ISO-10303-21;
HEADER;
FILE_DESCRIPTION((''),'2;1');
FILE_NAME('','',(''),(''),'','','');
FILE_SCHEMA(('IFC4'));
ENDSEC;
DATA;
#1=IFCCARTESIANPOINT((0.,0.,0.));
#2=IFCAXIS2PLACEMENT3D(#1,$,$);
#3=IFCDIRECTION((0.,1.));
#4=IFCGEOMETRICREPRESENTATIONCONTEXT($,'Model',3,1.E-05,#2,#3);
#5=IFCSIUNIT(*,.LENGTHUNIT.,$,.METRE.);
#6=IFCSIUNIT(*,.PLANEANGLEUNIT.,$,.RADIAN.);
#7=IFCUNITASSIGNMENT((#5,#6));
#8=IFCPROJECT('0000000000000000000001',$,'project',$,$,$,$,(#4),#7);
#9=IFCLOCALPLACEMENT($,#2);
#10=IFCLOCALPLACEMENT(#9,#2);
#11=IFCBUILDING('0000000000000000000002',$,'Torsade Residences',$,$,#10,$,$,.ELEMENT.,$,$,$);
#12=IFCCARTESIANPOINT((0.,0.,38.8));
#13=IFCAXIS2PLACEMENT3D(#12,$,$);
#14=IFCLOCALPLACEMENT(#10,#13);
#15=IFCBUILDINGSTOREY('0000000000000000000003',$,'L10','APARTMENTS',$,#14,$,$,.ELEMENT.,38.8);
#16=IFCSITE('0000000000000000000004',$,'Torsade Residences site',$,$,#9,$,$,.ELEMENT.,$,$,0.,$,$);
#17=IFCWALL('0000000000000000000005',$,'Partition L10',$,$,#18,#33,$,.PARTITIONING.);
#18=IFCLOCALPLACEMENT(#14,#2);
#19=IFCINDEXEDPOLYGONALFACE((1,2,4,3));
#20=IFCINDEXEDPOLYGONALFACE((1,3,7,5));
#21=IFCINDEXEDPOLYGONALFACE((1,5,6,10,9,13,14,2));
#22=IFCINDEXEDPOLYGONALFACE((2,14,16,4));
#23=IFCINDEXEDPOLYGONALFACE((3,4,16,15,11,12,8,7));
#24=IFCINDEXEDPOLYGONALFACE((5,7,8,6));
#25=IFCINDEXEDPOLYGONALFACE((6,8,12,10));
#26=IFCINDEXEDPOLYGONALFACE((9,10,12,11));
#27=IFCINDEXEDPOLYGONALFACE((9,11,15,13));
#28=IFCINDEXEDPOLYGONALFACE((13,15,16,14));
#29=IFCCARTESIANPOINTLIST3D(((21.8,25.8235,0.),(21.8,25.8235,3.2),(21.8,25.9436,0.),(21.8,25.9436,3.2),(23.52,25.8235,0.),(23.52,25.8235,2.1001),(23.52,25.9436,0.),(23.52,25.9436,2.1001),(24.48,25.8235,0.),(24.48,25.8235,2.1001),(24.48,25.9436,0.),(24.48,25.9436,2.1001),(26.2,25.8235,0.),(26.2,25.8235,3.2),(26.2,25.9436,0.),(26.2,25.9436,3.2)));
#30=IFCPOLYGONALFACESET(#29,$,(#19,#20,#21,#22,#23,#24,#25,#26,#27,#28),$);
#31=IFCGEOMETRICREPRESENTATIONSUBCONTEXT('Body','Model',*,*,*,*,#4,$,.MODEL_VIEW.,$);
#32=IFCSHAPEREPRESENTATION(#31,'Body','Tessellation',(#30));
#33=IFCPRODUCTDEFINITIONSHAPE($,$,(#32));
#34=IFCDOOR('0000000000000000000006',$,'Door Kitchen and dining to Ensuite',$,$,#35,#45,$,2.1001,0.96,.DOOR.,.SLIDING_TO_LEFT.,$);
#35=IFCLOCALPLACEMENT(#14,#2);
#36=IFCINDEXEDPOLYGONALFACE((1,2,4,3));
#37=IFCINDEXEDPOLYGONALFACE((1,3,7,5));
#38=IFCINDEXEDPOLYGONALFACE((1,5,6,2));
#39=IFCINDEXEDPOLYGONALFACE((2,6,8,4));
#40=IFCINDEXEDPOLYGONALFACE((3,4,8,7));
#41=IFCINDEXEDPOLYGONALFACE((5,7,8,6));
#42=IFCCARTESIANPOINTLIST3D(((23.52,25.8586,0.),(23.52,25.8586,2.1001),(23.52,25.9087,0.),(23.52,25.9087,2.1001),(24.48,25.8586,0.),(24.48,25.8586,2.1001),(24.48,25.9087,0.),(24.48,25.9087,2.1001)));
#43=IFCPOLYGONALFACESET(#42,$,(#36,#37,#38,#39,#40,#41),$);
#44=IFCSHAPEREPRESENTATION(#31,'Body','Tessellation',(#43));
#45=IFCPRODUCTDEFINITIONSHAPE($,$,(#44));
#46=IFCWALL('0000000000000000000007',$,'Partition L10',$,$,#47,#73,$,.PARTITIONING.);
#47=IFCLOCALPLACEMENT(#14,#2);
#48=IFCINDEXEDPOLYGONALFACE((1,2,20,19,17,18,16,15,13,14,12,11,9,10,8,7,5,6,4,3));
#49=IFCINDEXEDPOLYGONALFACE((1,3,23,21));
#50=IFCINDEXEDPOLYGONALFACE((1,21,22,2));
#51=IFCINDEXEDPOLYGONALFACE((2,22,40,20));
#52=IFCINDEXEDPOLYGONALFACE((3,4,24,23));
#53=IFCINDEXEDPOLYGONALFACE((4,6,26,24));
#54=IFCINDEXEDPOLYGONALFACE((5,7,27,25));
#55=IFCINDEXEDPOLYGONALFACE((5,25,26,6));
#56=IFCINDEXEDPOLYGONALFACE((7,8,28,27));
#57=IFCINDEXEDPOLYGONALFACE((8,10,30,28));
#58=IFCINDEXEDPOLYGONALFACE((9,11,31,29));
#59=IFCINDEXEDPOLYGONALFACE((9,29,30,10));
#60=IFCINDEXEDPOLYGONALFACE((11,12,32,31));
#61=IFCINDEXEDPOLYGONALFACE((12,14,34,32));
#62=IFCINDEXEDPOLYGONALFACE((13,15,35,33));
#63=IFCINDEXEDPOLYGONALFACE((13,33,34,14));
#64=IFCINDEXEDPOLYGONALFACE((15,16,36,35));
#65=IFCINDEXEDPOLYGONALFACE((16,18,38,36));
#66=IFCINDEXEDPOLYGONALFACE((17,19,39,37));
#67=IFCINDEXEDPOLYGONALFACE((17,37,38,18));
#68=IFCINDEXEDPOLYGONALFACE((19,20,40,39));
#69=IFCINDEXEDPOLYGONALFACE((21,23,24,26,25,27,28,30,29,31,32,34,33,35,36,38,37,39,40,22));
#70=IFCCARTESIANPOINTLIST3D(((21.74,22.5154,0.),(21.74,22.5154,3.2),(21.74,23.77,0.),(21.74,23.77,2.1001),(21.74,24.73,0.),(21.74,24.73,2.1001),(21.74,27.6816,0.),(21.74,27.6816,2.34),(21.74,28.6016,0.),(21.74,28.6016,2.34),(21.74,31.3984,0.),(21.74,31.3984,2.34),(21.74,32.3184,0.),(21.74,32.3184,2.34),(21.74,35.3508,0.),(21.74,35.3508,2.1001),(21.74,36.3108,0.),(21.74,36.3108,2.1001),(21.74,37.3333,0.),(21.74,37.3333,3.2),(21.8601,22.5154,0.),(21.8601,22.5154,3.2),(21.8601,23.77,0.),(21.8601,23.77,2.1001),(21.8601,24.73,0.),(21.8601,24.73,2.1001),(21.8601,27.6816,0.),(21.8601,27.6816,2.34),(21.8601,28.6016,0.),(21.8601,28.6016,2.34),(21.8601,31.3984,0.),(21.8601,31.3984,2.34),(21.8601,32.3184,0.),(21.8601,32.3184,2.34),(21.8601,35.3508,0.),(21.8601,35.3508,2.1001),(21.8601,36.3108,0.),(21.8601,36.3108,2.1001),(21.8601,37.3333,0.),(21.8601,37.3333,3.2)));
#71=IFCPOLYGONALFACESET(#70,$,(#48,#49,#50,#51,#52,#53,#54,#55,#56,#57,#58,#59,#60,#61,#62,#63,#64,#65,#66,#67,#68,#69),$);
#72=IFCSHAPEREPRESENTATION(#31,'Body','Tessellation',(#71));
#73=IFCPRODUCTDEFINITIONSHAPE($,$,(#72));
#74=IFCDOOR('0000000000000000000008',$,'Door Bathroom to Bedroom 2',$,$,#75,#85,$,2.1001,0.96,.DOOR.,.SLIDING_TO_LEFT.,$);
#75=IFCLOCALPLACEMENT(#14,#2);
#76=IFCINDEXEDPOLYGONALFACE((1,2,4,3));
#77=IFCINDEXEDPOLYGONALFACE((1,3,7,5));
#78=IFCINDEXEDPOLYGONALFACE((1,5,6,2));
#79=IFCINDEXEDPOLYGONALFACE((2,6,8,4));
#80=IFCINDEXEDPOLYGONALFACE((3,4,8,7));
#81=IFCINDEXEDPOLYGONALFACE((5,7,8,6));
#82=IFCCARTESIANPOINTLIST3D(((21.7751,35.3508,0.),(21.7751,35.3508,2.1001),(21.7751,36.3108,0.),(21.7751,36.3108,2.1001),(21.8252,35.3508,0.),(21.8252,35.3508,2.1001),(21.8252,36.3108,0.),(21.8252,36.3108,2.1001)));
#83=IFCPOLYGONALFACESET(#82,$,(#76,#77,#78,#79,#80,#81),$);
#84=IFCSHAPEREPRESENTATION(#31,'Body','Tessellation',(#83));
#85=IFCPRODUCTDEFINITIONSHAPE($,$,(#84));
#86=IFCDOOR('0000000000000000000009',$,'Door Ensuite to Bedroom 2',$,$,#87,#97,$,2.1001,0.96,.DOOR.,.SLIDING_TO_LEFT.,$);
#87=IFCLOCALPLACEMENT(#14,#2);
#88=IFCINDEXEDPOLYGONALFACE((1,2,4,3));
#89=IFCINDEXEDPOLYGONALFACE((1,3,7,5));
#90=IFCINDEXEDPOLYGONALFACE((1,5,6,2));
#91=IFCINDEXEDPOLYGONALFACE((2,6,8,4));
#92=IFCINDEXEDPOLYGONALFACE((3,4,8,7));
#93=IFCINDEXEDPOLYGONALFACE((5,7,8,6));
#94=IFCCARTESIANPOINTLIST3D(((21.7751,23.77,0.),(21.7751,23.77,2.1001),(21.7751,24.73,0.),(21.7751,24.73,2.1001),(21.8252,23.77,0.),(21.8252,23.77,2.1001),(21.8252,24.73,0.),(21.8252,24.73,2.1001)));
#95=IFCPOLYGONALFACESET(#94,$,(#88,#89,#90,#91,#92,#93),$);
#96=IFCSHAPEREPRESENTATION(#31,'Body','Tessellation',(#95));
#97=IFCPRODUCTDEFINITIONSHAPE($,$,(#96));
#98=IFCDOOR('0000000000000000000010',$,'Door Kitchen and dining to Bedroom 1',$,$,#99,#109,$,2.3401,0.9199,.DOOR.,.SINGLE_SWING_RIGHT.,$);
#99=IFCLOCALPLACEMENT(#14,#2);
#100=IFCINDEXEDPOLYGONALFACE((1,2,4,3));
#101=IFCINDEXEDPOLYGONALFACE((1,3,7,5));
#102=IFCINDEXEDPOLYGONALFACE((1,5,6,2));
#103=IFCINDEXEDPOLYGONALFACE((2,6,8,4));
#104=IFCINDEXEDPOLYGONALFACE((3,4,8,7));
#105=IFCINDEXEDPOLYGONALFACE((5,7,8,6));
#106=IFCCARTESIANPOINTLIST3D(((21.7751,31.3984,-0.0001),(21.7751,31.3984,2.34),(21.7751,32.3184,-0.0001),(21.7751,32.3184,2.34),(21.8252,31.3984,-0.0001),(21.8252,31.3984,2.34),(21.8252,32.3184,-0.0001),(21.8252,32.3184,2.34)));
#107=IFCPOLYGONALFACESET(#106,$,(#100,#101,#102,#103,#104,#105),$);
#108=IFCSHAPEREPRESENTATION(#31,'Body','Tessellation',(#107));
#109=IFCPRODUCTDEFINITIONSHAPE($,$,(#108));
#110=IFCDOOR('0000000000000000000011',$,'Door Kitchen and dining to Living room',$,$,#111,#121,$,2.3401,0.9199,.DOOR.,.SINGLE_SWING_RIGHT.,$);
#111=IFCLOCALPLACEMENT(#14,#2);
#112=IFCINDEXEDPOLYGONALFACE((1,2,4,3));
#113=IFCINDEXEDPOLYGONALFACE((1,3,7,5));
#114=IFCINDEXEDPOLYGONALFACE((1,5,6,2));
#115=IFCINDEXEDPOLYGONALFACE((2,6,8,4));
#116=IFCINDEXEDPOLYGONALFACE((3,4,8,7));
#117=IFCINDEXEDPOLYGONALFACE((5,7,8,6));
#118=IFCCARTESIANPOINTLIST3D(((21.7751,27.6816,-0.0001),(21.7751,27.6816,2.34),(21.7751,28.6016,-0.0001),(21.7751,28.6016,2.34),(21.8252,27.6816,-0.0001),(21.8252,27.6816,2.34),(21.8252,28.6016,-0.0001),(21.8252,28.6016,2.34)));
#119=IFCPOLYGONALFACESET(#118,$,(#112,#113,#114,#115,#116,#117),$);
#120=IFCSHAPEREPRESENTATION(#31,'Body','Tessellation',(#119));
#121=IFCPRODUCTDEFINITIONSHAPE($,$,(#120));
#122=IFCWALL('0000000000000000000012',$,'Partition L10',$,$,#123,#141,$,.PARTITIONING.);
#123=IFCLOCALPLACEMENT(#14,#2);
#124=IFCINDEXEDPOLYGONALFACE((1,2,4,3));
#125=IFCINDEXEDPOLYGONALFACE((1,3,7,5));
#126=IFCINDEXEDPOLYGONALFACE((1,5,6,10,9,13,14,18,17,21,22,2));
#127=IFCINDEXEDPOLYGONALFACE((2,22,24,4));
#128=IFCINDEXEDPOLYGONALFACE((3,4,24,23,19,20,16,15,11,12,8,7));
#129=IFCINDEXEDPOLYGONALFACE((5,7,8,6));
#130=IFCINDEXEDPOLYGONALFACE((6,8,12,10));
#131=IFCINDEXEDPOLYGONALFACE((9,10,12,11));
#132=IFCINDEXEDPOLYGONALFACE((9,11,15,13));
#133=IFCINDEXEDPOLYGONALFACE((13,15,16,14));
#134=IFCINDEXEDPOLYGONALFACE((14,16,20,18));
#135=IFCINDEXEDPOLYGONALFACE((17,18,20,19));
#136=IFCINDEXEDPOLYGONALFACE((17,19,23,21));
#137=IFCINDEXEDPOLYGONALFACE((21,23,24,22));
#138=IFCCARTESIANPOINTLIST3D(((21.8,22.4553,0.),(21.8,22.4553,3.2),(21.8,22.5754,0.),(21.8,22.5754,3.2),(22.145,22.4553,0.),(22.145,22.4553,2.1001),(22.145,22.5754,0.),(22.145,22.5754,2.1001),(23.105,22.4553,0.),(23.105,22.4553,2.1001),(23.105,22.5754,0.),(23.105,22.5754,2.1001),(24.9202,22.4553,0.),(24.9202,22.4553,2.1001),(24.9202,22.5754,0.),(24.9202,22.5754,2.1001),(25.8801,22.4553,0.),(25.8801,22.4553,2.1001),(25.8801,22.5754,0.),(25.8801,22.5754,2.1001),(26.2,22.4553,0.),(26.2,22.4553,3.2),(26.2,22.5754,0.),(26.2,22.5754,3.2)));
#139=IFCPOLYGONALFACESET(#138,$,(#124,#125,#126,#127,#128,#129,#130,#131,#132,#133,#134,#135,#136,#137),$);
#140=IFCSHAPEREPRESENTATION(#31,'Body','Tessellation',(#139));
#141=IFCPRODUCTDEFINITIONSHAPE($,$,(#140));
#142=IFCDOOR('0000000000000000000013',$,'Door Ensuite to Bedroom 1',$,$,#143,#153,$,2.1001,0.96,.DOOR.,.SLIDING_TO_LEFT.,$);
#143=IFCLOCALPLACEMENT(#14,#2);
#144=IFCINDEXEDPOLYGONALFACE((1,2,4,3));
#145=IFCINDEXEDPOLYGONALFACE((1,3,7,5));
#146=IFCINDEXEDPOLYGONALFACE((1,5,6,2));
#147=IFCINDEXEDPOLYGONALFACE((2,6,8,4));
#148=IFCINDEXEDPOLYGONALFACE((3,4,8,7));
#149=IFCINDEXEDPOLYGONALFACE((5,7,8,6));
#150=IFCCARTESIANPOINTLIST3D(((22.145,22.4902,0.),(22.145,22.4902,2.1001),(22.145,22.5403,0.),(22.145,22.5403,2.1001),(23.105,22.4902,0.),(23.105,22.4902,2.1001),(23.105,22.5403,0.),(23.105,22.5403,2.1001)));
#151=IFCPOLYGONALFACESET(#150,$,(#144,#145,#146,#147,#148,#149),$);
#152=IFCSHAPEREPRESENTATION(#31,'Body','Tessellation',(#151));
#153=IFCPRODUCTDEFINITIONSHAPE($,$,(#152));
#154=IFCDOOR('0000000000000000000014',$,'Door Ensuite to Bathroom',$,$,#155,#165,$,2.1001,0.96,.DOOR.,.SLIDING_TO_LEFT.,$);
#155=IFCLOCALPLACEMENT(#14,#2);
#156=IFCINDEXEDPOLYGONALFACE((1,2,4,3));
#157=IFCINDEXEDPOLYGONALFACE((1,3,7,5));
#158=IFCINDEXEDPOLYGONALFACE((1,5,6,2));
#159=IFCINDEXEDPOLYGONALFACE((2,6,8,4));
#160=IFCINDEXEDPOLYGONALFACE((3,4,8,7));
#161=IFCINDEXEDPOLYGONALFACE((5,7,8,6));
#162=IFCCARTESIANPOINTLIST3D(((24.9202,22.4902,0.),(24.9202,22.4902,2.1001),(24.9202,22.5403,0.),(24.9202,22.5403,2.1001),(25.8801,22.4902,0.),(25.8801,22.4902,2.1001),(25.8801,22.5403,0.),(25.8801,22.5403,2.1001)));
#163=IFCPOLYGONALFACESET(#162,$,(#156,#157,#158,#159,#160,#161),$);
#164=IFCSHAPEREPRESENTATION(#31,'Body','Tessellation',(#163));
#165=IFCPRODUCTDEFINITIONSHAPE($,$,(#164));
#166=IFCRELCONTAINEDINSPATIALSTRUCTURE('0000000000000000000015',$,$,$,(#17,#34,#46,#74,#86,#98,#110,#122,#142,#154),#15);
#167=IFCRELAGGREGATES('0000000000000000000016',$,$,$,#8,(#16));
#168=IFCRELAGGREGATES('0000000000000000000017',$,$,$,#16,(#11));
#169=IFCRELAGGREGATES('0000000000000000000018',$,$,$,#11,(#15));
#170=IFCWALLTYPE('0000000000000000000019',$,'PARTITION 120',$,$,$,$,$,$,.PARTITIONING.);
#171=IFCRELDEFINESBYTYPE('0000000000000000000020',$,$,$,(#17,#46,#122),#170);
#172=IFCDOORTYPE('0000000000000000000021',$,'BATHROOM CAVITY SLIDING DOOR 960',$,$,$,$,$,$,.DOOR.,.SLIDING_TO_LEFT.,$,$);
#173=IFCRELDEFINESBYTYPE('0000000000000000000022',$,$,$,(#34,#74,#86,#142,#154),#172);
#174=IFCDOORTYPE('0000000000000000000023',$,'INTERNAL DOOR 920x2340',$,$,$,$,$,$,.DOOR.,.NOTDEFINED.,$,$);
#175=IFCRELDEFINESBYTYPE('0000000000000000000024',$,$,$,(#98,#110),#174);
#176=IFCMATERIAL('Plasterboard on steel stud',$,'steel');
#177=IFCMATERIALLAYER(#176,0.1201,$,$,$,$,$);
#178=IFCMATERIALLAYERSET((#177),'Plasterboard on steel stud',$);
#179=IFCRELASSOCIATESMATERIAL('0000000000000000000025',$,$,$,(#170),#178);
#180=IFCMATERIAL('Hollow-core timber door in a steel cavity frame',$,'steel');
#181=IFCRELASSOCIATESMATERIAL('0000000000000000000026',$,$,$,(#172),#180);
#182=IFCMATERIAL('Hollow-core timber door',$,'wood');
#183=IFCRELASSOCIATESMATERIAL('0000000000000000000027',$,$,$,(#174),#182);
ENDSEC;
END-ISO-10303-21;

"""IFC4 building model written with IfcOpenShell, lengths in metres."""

from ifc_helpers import new_model, si_unit, direction, frame, frame_2d, origin, place, context, subcontext, project, spatial, rectangle, extrude, material, layer, layer_set, type_object, element, fill, save


model = new_model("IFC4")

# Units and contexts
model_context = context("Model", 3, precision=1e-05, world=origin(), true_north=direction((0.0, 1.0)))
body_context = subcontext(model_context, "Body", "Model", "MODEL_VIEW")
ifc_project = project(units=[si_unit("LENGTHUNIT", "METRE"), si_unit("PLANEANGLEUNIT", "RADIAN")], contexts=[model_context])

# Site, building, storey
site_placement = place(None, origin())
site = spatial("IfcSite", under=ifc_project, at=site_placement, Name="Torsade Residences site", CompositionType="ELEMENT", RefElevation=0.0)
building_placement = place(site_placement, origin())
building = spatial("IfcBuilding", under=site, at=building_placement, Name="Torsade Residences", CompositionType="ELEMENT")
storey_placement = place(building_placement, frame((0.0, 0.0, 38.8)))
storey = spatial("IfcBuildingStorey", under=building, at=storey_placement, Name="L10", Description="APARTMENTS", CompositionType="ELEMENT", Elevation=38.8)

# Wall, opening, door
ifc_material_1 = material(Name="Plasterboard on steel stud", Category="steel")
ifc_layer_1 = layer(ifc_material_1, 0.1201)
ifc_layer_set_1 = layer_set([ifc_layer_1], Name="Plasterboard on steel stud")
wall_type_1 = type_object("IfcWallType", Name="PARTITION 120", PredefinedType="PARTITIONING", material=ifc_layer_set_1)
wall_1_placement = place(storey_placement, frame((26.2, 25.8835, 0.0), z_axis=(0.0, 0.0, 1.0), x_axis=(-1.0, 0.0, 0.0)))
wall_1 = element("IfcWall", 1, at=wall_1_placement, inside=storey, type_object=wall_type_1, Name="Partition L10", PredefinedType="PARTITIONING", context=body_context, shape_type="SweptSolid", body=[
    extrude(rectangle(XDim=4.3999, YDim=0.1201, at=frame_2d((2.2, 0.0))), origin(), (0.0, 0.0, 1.0), 3.2),
])
opening_1_placement = place(wall_1_placement, frame((1.72, 0.0, 0.0)))
opening_1 = element("IfcOpeningElement", 2, at=opening_1_placement, cuts=wall_1, PredefinedType="OPENING", context=body_context, shape_type="SweptSolid", body=[
    extrude(rectangle(XDim=0.96, YDim=2.1001, at=frame_2d((0.48, 1.05))), frame((0.0, 0.0701, 0.0), z_axis=(0.0, -1.0, 0.0), x_axis=(1.0, 0.0, 0.0)), (0.0, 0.0, 1.0), 0.1401),
])
ifc_material_2 = material(Name="Hollow-core timber door in a steel cavity frame", Category="steel")
door_type_1 = type_object("IfcDoorType", Name="BATHROOM CAVITY SLIDING DOOR 960", OperationType="SLIDING_TO_LEFT", PredefinedType="DOOR", material=ifc_material_2)
door_1_placement = place(opening_1_placement, origin())
door_1 = element("IfcDoor", 3, at=door_1_placement, inside=storey, type_object=door_type_1, Name="Door Kitchen and dining to Ensuite", OperationType="SLIDING_TO_LEFT", OverallHeight=2.1001, OverallWidth=0.96, PredefinedType="DOOR", context=body_context, shape_type="SweptSolid", body=[
    extrude(rectangle(XDim=0.96, YDim=2.1001, at=frame_2d((0.48, 1.05))), frame((0.0, 0.0249, 0.0), z_axis=(0.0, -1.0, 0.0), x_axis=(1.0, 0.0, 0.0)), (0.0, 0.0, 1.0), 0.05),
])
fill(opening_1, door_1)

# Walls, openings, doors
wall_2_placement = place(storey_placement, frame((21.8, 22.5154, 0.0), z_axis=(0.0, 0.0, 1.0), x_axis=(0.0, 1.0, 0.0)))
wall_2 = element("IfcWall", 4, at=wall_2_placement, inside=storey, type_object=wall_type_1, Name="Partition L10", PredefinedType="PARTITIONING", context=body_context, shape_type="SweptSolid", body=[
    extrude(rectangle(XDim=14.8179, YDim=0.1201, at=frame_2d((7.4089, 0.0))), origin(), (0.0, 0.0, 1.0), 3.2),
])
opening_2_placement = place(wall_2_placement, frame((8.8831, 0.0, 0.0)))
opening_2 = element("IfcOpeningElement", 5, at=opening_2_placement, cuts=wall_2, PredefinedType="OPENING", context=body_context, shape_type="SweptSolid", body=[
    extrude(rectangle(XDim=0.9199, YDim=2.3401, at=frame_2d((0.46, 1.1699))), frame((0.0, 0.0701, 0.0), z_axis=(0.0, -1.0, 0.0), x_axis=(1.0, 0.0, 0.0)), (0.0, 0.0, 1.0), 0.1401),
])
opening_3_placement = place(wall_2_placement, frame((5.1663, 0.0, 0.0)))
opening_3 = element("IfcOpeningElement", 6, at=opening_3_placement, cuts=wall_2, PredefinedType="OPENING", context=body_context, shape_type="SweptSolid", body=[
    extrude(rectangle(XDim=0.9199, YDim=2.3401, at=frame_2d((0.46, 1.1699))), frame((0.0, 0.0701, 0.0), z_axis=(0.0, -1.0, 0.0), x_axis=(1.0, 0.0, 0.0)), (0.0, 0.0, 1.0), 0.1401),
])
opening_4_placement = place(wall_2_placement, frame((12.8354, 0.0, 0.0)))
opening_4 = element("IfcOpeningElement", 7, at=opening_4_placement, cuts=wall_2, PredefinedType="OPENING", context=body_context, shape_type="SweptSolid", body=[
    extrude(rectangle(XDim=0.96, YDim=2.1001, at=frame_2d((0.48, 1.05))), frame((0.0, 0.0701, 0.0), z_axis=(0.0, -1.0, 0.0), x_axis=(1.0, 0.0, 0.0)), (0.0, 0.0, 1.0), 0.1401),
])
opening_5_placement = place(wall_2_placement, frame((1.2546, 0.0, 0.0)))
opening_5 = element("IfcOpeningElement", 8, at=opening_5_placement, cuts=wall_2, PredefinedType="OPENING", context=body_context, shape_type="SweptSolid", body=[
    extrude(rectangle(XDim=0.96, YDim=2.1001, at=frame_2d((0.48, 1.05))), frame((0.0, 0.0701, 0.0), z_axis=(0.0, -1.0, 0.0), x_axis=(1.0, 0.0, 0.0)), (0.0, 0.0, 1.0), 0.1401),
])
door_2_placement = place(opening_4_placement, origin())
door_2 = element("IfcDoor", 9, at=door_2_placement, inside=storey, type_object=door_type_1, Name="Door Bathroom to Bedroom 2", OperationType="SLIDING_TO_LEFT", OverallHeight=2.1001, OverallWidth=0.96, PredefinedType="DOOR", context=body_context, shape_type="SweptSolid", body=[
    extrude(rectangle(XDim=0.96, YDim=2.1001, at=frame_2d((0.48, 1.05))), frame((0.0, 0.0249, 0.0), z_axis=(0.0, -1.0, 0.0), x_axis=(1.0, 0.0, 0.0)), (0.0, 0.0, 1.0), 0.05),
])
fill(opening_4, door_2)
door_3_placement = place(opening_5_placement, origin())
door_3 = element("IfcDoor", 10, at=door_3_placement, inside=storey, type_object=door_type_1, Name="Door Ensuite to Bedroom 2", OperationType="SLIDING_TO_LEFT", OverallHeight=2.1001, OverallWidth=0.96, PredefinedType="DOOR", context=body_context, shape_type="SweptSolid", body=[
    extrude(rectangle(XDim=0.96, YDim=2.1001, at=frame_2d((0.48, 1.05))), frame((0.0, 0.0249, 0.0), z_axis=(0.0, -1.0, 0.0), x_axis=(1.0, 0.0, 0.0)), (0.0, 0.0, 1.0), 0.05),
])
fill(opening_5, door_3)
ifc_material_3 = material(Name="Hollow-core timber door", Category="wood")
door_type_2 = type_object("IfcDoorType", Name="INTERNAL DOOR 920x2340", OperationType="NOTDEFINED", PredefinedType="DOOR", material=ifc_material_3)
door_4_placement = place(opening_2_placement, origin())
door_4 = element("IfcDoor", 11, at=door_4_placement, inside=storey, type_object=door_type_2, Name="Door Kitchen and dining to Bedroom 1", OperationType="SINGLE_SWING_RIGHT", OverallHeight=2.3401, OverallWidth=0.9199, PredefinedType="DOOR", context=body_context, shape_type="SweptSolid", body=[
    extrude(rectangle(XDim=0.9199, YDim=2.3401, at=frame_2d((0.46, 1.1699))), frame((0.0, 0.0249, 0.0), z_axis=(0.0, -1.0, 0.0), x_axis=(1.0, 0.0, 0.0)), (0.0, 0.0, 1.0), 0.05),
])
fill(opening_2, door_4)
door_5_placement = place(opening_3_placement, origin())
door_5 = element("IfcDoor", 12, at=door_5_placement, inside=storey, type_object=door_type_2, Name="Door Kitchen and dining to Living room", OperationType="SINGLE_SWING_RIGHT", OverallHeight=2.3401, OverallWidth=0.9199, PredefinedType="DOOR", context=body_context, shape_type="SweptSolid", body=[
    extrude(rectangle(XDim=0.9199, YDim=2.3401, at=frame_2d((0.46, 1.1699))), frame((0.0, 0.0249, 0.0), z_axis=(0.0, -1.0, 0.0), x_axis=(1.0, 0.0, 0.0)), (0.0, 0.0, 1.0), 0.05),
])
fill(opening_3, door_5)
wall_3_placement = place(storey_placement, frame((21.8, 22.5154, 0.0), z_axis=(0.0, 0.0, 1.0), x_axis=(1.0, 0.0, 0.0)))
wall_3 = element("IfcWall", 13, at=wall_3_placement, inside=storey, type_object=wall_type_1, Name="Partition L10", PredefinedType="PARTITIONING", context=body_context, shape_type="SweptSolid", body=[
    extrude(rectangle(XDim=4.3999, YDim=0.1201, at=frame_2d((2.2, 0.0))), origin(), (0.0, 0.0, 1.0), 3.2),
])
opening_6_placement = place(wall_3_placement, frame((0.345, 0.0, 0.0)))
opening_6 = element("IfcOpeningElement", 14, at=opening_6_placement, cuts=wall_3, PredefinedType="OPENING", context=body_context, shape_type="SweptSolid", body=[
    extrude(rectangle(XDim=0.96, YDim=2.1001, at=frame_2d((0.48, 1.05))), frame((0.0, 0.0701, 0.0), z_axis=(0.0, -1.0, 0.0), x_axis=(1.0, 0.0, 0.0)), (0.0, 0.0, 1.0), 0.1401),
])
opening_7_placement = place(wall_3_placement, frame((3.1201, 0.0, 0.0)))
opening_7 = element("IfcOpeningElement", 15, at=opening_7_placement, cuts=wall_3, PredefinedType="OPENING", context=body_context, shape_type="SweptSolid", body=[
    extrude(rectangle(XDim=0.96, YDim=2.1001, at=frame_2d((0.48, 1.05))), frame((0.0, 0.0701, 0.0), z_axis=(0.0, -1.0, 0.0), x_axis=(1.0, 0.0, 0.0)), (0.0, 0.0, 1.0), 0.1401),
])
door_6_placement = place(opening_6_placement, origin())
door_6 = element("IfcDoor", 16, at=door_6_placement, inside=storey, type_object=door_type_1, Name="Door Ensuite to Bedroom 1", OperationType="SLIDING_TO_LEFT", OverallHeight=2.1001, OverallWidth=0.96, PredefinedType="DOOR", context=body_context, shape_type="SweptSolid", body=[
    extrude(rectangle(XDim=0.96, YDim=2.1001, at=frame_2d((0.48, 1.05))), frame((0.0, 0.0249, 0.0), z_axis=(0.0, -1.0, 0.0), x_axis=(1.0, 0.0, 0.0)), (0.0, 0.0, 1.0), 0.05),
])
fill(opening_6, door_6)
door_7_placement = place(opening_7_placement, origin())
door_7 = element("IfcDoor", 17, at=door_7_placement, inside=storey, type_object=door_type_1, Name="Door Ensuite to Bathroom", OperationType="SLIDING_TO_LEFT", OverallHeight=2.1001, OverallWidth=0.96, PredefinedType="DOOR", context=body_context, shape_type="SweptSolid", body=[
    extrude(rectangle(XDim=0.96, YDim=2.1001, at=frame_2d((0.48, 1.05))), frame((0.0, 0.0249, 0.0), z_axis=(0.0, -1.0, 0.0), x_axis=(1.0, 0.0, 0.0)), (0.0, 0.0, 1.0), 0.05),
])
fill(opening_7, door_7)

save(model, "model.ifc")
